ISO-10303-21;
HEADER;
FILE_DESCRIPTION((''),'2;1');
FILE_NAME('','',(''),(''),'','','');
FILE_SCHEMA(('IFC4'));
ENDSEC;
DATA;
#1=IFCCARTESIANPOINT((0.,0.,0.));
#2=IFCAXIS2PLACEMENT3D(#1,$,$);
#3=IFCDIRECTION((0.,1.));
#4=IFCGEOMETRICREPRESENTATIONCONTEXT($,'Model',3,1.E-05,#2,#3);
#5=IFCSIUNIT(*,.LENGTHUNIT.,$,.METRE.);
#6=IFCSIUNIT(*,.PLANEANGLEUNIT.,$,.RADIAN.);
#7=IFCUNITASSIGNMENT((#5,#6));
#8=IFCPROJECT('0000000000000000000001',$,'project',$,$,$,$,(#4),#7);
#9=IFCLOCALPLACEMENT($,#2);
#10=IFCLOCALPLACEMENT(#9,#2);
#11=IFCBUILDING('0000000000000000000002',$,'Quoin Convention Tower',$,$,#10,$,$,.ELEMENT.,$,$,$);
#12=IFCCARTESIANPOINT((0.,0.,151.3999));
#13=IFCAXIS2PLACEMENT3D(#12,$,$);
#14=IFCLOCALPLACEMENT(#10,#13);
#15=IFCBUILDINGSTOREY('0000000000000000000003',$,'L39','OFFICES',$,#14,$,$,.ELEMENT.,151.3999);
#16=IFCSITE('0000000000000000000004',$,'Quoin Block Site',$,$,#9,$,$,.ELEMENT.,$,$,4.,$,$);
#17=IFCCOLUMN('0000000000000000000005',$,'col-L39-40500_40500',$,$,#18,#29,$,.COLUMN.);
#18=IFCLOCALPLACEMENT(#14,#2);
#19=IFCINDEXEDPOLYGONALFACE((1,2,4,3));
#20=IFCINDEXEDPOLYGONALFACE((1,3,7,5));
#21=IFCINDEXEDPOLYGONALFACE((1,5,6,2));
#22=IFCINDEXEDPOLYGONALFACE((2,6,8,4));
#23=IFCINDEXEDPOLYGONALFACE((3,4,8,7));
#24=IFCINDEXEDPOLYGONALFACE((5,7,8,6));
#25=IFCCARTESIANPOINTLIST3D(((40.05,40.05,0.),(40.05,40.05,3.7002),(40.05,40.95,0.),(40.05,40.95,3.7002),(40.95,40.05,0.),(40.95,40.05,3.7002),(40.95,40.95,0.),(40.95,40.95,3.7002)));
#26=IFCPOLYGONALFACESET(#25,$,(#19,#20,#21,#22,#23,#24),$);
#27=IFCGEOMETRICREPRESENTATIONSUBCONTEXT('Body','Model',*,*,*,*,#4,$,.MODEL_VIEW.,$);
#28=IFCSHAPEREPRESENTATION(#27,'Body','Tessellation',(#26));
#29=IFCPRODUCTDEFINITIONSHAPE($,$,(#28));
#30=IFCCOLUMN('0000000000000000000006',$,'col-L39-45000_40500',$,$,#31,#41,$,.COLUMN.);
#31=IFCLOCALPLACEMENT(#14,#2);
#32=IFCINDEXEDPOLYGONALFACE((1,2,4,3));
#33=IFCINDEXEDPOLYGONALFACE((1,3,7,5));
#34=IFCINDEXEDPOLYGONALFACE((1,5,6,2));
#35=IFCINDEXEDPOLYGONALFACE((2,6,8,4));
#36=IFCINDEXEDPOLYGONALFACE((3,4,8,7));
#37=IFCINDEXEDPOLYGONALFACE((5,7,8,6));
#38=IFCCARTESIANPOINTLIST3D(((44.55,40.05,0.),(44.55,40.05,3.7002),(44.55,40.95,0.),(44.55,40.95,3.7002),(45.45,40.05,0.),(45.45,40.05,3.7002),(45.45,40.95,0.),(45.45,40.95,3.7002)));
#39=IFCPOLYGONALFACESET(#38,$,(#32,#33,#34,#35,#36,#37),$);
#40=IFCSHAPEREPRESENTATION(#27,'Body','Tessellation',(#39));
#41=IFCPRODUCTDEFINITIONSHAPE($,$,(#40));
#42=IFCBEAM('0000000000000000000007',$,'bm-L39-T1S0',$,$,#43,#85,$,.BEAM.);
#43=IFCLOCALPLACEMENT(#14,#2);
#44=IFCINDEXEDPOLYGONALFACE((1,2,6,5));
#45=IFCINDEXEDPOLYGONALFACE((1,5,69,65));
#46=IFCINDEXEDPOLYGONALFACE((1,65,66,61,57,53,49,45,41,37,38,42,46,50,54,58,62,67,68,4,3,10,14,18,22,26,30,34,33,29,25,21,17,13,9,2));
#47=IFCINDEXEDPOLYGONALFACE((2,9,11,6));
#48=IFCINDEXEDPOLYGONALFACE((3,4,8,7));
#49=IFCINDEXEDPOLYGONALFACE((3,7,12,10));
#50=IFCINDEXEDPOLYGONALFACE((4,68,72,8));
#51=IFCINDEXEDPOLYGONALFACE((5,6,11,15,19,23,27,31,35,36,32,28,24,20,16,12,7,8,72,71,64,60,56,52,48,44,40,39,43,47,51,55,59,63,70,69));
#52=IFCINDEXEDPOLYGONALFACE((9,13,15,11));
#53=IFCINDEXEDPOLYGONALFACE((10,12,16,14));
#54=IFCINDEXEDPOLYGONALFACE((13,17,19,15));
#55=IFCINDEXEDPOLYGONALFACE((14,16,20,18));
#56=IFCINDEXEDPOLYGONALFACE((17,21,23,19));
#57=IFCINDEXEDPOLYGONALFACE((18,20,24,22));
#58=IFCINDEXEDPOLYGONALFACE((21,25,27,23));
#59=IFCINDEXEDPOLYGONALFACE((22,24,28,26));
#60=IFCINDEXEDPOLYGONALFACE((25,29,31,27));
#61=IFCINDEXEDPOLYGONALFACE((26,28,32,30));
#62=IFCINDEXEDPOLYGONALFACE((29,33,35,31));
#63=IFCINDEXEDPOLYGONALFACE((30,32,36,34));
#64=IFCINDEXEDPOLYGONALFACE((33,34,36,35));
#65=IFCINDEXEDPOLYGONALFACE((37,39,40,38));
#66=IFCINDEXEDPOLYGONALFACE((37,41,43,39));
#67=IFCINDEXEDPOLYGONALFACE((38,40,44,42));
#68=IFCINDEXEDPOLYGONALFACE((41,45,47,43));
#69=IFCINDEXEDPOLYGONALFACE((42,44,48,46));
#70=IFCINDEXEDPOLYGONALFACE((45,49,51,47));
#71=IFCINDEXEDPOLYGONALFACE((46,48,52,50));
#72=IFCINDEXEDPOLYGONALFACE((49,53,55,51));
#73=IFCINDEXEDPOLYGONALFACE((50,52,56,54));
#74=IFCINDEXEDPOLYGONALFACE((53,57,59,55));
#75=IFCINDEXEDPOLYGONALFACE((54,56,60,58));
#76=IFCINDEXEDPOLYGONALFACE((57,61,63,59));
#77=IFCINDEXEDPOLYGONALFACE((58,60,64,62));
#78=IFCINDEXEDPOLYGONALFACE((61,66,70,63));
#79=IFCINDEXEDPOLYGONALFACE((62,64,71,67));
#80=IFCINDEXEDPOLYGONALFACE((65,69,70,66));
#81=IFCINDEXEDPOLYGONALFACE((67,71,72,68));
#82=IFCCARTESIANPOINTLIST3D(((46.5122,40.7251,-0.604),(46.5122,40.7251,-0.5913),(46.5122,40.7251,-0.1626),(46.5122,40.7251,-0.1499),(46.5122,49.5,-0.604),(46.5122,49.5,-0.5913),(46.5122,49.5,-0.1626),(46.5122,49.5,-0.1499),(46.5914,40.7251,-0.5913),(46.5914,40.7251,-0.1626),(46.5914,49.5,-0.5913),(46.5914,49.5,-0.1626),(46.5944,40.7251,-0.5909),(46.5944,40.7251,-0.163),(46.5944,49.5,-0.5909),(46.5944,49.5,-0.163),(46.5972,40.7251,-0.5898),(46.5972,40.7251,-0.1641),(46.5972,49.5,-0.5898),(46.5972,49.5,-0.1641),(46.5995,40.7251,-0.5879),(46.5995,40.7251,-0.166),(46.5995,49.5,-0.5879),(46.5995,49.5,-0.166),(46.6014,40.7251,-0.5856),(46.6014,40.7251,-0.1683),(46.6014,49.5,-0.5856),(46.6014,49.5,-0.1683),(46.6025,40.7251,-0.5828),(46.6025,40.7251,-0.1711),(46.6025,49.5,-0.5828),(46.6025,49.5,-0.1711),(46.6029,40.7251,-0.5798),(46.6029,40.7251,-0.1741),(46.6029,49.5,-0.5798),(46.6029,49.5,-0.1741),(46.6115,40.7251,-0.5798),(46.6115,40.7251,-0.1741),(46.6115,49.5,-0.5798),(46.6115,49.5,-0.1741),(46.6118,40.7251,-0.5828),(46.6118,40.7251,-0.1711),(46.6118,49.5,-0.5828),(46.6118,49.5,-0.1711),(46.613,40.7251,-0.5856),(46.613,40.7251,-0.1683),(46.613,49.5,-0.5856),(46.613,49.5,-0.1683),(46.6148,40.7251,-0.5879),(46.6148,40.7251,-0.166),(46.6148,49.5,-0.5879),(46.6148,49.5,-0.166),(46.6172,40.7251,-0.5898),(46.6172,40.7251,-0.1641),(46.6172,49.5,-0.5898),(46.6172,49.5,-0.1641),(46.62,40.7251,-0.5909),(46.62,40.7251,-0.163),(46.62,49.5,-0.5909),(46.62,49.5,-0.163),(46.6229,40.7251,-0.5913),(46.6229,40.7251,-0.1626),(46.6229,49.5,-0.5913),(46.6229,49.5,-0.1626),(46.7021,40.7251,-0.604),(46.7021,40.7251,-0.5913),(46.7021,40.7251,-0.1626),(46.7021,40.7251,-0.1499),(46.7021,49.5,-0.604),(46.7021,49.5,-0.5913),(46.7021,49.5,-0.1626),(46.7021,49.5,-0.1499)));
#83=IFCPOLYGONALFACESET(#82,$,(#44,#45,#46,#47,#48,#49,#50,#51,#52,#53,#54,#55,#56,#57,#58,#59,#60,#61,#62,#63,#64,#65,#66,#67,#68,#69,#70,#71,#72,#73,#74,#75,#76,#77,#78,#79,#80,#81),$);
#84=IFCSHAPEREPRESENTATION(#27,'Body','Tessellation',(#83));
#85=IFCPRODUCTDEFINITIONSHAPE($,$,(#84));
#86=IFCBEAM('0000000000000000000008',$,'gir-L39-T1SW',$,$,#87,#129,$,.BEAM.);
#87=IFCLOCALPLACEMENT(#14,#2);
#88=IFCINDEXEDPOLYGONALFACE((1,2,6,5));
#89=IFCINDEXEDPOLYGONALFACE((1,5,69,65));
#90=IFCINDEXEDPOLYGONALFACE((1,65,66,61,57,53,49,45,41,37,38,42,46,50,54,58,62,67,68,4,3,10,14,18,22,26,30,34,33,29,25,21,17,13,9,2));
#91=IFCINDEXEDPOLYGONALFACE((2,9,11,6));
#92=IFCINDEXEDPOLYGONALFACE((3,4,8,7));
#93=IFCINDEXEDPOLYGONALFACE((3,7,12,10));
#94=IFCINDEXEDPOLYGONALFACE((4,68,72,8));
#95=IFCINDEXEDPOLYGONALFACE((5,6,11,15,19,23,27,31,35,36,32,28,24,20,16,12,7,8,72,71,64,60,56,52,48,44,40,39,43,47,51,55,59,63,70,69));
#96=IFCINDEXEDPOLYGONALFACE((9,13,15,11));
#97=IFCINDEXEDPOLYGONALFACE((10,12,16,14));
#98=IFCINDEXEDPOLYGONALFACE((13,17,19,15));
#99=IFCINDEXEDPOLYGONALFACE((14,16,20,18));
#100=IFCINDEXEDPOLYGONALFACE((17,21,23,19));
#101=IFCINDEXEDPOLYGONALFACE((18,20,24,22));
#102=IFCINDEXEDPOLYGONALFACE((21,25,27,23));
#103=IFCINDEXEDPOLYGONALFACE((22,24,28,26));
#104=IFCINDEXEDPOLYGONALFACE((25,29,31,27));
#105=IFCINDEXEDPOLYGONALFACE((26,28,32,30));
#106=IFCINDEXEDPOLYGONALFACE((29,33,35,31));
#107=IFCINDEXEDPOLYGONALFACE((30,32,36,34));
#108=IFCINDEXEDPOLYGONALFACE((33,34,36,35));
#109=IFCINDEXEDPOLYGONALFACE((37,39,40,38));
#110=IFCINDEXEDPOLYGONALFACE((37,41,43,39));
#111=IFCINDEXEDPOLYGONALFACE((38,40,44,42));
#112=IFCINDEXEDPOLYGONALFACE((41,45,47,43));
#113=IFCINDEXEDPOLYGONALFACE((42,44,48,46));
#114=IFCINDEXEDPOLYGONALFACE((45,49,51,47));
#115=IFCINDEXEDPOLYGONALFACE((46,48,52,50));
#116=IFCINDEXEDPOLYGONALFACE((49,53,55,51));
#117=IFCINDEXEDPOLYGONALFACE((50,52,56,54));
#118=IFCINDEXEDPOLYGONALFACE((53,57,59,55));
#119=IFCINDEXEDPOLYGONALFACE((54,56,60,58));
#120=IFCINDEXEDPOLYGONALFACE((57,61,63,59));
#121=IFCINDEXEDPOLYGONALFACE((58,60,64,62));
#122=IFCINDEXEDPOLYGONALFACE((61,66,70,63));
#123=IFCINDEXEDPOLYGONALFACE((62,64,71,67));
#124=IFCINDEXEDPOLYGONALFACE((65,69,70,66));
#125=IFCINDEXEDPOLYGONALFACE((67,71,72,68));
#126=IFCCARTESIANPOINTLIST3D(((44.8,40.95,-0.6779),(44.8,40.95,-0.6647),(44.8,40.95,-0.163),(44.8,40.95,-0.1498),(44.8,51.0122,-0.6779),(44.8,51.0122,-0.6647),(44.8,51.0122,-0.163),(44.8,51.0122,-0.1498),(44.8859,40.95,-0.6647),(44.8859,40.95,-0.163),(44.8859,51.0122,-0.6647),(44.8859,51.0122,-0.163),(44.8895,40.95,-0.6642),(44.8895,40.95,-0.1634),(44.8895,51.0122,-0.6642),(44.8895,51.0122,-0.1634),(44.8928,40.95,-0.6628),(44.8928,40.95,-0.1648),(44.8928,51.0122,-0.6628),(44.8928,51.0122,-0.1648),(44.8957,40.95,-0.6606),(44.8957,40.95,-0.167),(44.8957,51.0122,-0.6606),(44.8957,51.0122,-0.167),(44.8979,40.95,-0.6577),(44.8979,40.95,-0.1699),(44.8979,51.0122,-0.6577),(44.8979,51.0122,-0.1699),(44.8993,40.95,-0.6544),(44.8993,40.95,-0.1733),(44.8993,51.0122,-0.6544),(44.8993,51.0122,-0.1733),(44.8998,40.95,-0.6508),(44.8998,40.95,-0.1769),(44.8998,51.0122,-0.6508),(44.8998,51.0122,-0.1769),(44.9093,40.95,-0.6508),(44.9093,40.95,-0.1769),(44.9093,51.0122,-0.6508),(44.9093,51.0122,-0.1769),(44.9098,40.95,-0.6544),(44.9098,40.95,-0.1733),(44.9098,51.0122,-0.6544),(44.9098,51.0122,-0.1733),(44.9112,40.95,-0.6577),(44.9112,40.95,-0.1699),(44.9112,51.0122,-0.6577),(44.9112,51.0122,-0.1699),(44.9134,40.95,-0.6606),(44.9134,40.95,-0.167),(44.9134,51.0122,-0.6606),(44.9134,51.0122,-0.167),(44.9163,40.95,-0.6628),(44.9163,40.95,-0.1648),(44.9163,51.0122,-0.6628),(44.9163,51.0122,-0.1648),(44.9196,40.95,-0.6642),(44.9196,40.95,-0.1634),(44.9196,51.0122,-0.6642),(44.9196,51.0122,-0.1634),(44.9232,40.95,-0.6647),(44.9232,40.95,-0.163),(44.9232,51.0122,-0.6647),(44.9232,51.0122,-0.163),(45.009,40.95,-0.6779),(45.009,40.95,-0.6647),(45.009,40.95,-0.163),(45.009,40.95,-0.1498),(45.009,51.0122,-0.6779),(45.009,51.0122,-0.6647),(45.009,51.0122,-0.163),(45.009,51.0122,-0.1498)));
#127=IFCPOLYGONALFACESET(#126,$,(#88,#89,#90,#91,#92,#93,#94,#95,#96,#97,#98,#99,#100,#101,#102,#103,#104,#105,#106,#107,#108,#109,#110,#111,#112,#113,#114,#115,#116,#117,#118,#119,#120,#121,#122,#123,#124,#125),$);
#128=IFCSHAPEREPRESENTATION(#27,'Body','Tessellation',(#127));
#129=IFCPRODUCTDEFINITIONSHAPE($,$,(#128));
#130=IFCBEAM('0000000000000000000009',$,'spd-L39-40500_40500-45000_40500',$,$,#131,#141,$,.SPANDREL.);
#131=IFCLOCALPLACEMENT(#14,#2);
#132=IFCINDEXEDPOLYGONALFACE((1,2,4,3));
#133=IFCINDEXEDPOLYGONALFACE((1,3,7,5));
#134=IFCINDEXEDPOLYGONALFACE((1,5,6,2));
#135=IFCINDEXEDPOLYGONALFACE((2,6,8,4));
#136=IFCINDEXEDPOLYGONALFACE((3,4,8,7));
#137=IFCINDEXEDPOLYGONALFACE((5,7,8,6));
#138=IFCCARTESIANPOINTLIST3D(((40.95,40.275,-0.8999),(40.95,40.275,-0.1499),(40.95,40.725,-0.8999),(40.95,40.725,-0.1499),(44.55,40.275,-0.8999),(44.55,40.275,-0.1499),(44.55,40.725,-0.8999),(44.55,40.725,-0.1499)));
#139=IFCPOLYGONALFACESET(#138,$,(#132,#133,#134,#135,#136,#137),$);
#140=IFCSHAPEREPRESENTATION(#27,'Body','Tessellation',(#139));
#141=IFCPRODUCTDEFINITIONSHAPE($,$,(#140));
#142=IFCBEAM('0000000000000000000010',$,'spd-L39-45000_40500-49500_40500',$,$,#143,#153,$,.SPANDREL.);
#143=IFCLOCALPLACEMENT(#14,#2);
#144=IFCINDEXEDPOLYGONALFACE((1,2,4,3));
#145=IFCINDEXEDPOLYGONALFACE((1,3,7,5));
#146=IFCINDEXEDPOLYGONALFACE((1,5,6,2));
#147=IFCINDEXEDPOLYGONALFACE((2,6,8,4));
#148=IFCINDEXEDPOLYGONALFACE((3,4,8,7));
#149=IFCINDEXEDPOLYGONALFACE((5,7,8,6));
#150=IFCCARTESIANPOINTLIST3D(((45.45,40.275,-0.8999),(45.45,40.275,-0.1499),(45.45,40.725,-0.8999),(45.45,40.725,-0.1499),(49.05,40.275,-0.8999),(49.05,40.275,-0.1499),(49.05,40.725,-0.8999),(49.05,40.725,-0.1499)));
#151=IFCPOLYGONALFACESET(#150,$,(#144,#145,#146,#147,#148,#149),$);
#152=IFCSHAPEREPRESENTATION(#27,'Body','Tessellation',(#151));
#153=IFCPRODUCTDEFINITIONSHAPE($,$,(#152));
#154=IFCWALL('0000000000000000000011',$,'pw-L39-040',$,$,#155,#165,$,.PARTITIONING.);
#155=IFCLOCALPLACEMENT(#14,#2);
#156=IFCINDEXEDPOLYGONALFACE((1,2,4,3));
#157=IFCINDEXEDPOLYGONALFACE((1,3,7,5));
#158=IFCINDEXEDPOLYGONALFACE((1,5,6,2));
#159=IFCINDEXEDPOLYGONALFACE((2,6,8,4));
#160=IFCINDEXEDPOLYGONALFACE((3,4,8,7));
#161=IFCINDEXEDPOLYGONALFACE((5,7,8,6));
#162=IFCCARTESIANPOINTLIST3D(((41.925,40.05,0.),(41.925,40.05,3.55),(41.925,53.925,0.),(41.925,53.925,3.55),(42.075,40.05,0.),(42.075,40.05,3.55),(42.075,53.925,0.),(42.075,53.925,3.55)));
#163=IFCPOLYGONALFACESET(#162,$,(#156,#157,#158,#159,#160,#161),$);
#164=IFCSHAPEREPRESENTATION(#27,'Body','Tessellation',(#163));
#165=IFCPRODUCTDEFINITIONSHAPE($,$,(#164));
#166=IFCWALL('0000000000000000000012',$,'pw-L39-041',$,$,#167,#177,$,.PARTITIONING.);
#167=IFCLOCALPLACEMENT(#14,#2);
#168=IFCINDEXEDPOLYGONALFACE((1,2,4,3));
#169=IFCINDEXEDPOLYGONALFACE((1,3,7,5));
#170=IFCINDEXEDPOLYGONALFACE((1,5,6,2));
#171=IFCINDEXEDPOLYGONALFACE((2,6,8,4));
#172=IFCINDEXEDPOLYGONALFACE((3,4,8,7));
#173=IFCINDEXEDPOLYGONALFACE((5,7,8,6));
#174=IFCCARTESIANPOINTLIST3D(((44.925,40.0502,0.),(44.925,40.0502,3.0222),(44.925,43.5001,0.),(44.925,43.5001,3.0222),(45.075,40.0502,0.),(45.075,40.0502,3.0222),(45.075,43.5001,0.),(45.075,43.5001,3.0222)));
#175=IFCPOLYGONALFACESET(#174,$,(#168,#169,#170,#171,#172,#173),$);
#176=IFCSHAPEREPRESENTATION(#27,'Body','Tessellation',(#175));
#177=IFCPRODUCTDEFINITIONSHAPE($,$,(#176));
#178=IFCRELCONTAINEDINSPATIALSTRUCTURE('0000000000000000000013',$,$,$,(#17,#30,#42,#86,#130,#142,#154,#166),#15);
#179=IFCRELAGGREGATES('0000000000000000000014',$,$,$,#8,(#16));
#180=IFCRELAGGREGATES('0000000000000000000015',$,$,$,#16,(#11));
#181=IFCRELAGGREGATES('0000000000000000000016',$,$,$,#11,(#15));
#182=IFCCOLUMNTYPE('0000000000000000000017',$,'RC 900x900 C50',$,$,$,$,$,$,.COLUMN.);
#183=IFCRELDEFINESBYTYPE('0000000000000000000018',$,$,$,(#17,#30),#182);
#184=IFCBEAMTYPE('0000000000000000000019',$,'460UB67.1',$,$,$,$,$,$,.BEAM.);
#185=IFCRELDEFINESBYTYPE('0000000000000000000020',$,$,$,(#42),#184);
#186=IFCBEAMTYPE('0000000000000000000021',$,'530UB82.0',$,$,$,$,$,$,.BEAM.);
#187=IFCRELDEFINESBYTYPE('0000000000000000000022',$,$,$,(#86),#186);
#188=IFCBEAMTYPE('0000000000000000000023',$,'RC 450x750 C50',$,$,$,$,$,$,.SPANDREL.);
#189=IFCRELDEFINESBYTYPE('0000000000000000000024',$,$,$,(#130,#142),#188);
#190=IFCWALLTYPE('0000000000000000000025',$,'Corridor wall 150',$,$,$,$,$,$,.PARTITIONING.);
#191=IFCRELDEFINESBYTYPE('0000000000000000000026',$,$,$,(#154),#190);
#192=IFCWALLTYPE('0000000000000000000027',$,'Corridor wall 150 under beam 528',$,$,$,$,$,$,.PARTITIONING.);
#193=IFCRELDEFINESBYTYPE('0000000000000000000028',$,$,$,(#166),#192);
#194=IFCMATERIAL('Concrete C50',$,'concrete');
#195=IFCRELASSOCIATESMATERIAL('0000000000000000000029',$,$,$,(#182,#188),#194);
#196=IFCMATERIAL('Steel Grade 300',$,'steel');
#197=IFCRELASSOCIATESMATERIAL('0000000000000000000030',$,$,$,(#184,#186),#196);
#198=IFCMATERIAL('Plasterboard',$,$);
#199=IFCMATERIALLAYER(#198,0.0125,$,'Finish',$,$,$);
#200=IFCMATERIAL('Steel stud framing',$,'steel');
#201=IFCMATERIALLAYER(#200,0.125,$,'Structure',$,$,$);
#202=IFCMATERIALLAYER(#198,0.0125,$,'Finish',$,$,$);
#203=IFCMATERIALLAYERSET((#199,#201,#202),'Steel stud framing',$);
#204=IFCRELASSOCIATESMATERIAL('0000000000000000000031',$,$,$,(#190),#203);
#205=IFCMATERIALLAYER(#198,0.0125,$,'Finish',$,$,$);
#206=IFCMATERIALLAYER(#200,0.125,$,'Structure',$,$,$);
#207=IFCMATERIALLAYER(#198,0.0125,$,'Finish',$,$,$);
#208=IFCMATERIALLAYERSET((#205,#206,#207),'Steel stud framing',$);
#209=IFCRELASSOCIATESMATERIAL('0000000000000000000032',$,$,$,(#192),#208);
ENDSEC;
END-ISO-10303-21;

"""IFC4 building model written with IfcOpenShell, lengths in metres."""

from ifc_helpers import new_model, si_unit, direction, frame, frame_2d, origin, origin_2d, place, context, subcontext, project, spatial, rectangle, i_section, extrude, material, layer, layer_set, material_profile, profile_set, type_object, element, save


model = new_model("IFC4")

# Units and contexts
model_context = context("Model", 3, precision=1e-05, world=origin(), true_north=direction((0.0, 1.0)))
body_context = subcontext(model_context, "Body", "Model", "MODEL_VIEW")
ifc_project = project(units=[si_unit("LENGTHUNIT", "METRE"), si_unit("PLANEANGLEUNIT", "RADIAN")], contexts=[model_context])

# Site, building, storey
site_placement = place(None, origin())
site = spatial("IfcSite", under=ifc_project, at=site_placement, Name="Quoin Block Site", CompositionType="ELEMENT", RefElevation=4.0)
building_placement = place(site_placement, origin())
building = spatial("IfcBuilding", under=site, at=building_placement, Name="Quoin Convention Tower", CompositionType="ELEMENT")
storey_placement = place(building_placement, frame((0.0, 0.0, 151.3999)))
storey = spatial("IfcBuildingStorey", under=building, at=storey_placement, Name="L39", Description="OFFICES", CompositionType="ELEMENT", Elevation=151.3999)

# Columns
ifc_material_1 = material(Name="Concrete C50", Category="concrete")
ifc_material_profile_1 = material_profile(ifc_material_1, rectangle(XDim=0.8999, YDim=0.8999, at=origin_2d()), Name="RC 900x900")
ifc_profile_set_1 = profile_set([ifc_material_profile_1], Name="Concrete C50")
column_type = type_object("IfcColumnType", Name="RC 900x900 C50", PredefinedType="COLUMN", material=ifc_profile_set_1)
for number, where, z_axis, x_axis, name in (
    (1, (40.5, 40.5, 0.0), (0.0, 0.0, 1.0), (1.0, 0.0, 0.0), "col-L39-40500_40500"),
    (2, (45.0, 40.5, 0.0), (0.0, 0.0, 1.0), (1.0, 0.0, 0.0), "col-L39-45000_40500"),
):
    element("IfcColumn", number, at=place(storey_placement, frame(where, z_axis=z_axis, x_axis=x_axis)), inside=storey, type_object=column_type, Name=name, PredefinedType="COLUMN", context=body_context, shape_type="SweptSolid", body=[
        extrude(rectangle(XDim=0.8999, YDim=0.8999, at=origin_2d()), origin(), (0.0, 0.0, 1.0), 3.7002),
    ])

# Beams
ifc_material_2 = material(Name="Steel Grade 300", Category="steel")
ifc_material_profile_2 = material_profile(ifc_material_2, i_section(OverallWidth=0.1899, OverallDepth=0.4541, WebThickness=0.0085, FlangeThickness=0.0127, FilletRadius=0.0115, at=origin_2d()), Name="460UB67.1")
ifc_profile_set_2 = profile_set([ifc_material_profile_2], Name="Steel Grade 300")
beam_type_1 = type_object("IfcBeamType", Name="460UB67.1", PredefinedType="BEAM", material=ifc_profile_set_2)
beam_1_placement = place(storey_placement, frame((46.6072, 40.7251, -0.377), z_axis=(0.0, 1.0, 0.0), x_axis=(-1.0, 0.0, 0.0)))
element("IfcBeam", 3, at=beam_1_placement, inside=storey, type_object=beam_type_1, Name="bm-L39-T1S0", PredefinedType="BEAM", context=body_context, shape_type="SweptSolid", body=[
    extrude(i_section(OverallWidth=0.1899, OverallDepth=0.4541, WebThickness=0.0085, FlangeThickness=0.0127, FilletRadius=0.0115, at=origin_2d()), origin(), (0.0, 0.0, 1.0), 8.7749),
])
ifc_material_profile_3 = material_profile(ifc_material_2, i_section(OverallWidth=0.209, OverallDepth=0.5281, WebThickness=0.0095, FlangeThickness=0.0132, FilletRadius=0.0139, at=origin_2d()), Name="530UB82.0")
ifc_profile_set_3 = profile_set([ifc_material_profile_3], Name="Steel Grade 300")
beam_type_2 = type_object("IfcBeamType", Name="530UB82.0", PredefinedType="BEAM", material=ifc_profile_set_3)
beam_2_placement = place(storey_placement, frame((44.9045, 40.95, -0.4138), z_axis=(0.0, 1.0, 0.0), x_axis=(-1.0, 0.0, 0.0)))
element("IfcBeam", 4, at=beam_2_placement, inside=storey, type_object=beam_type_2, Name="gir-L39-T1SW", PredefinedType="BEAM", context=body_context, shape_type="SweptSolid", body=[
    extrude(i_section(OverallWidth=0.209, OverallDepth=0.5281, WebThickness=0.0095, FlangeThickness=0.0132, FilletRadius=0.0139, at=origin_2d()), origin(), (0.0, 0.0, 1.0), 10.0623),
])
ifc_material_profile_4 = material_profile(ifc_material_1, rectangle(XDim=0.45, YDim=0.75, at=origin_2d()), Name="RC 450x750")
ifc_profile_set_4 = profile_set([ifc_material_profile_4], Name="Concrete C50")
beam_type_3 = type_object("IfcBeamType", Name="RC 450x750 C50", PredefinedType="SPANDREL", material=ifc_profile_set_4)
for number, where, z_axis, x_axis, name in (
    (5, (40.95, 40.5, -0.5249), (1.0, 0.0, 0.0), (0.0, 1.0, 0.0), "spd-L39-40500_40500-45000_40500"),
    (6, (45.45, 40.5, -0.5249), (1.0, 0.0, 0.0), (0.0, 1.0, 0.0), "spd-L39-45000_40500-49500_40500"),
):
    element("IfcBeam", number, at=place(storey_placement, frame(where, z_axis=z_axis, x_axis=x_axis)), inside=storey, type_object=beam_type_3, Name=name, PredefinedType="SPANDREL", context=body_context, shape_type="SweptSolid", body=[
        extrude(rectangle(XDim=0.45, YDim=0.75, at=origin_2d()), origin(), (0.0, 0.0, 1.0), 3.6001),
    ])

# Walls
ifc_material_3 = material(Name="Plasterboard")
ifc_layer_1 = layer(ifc_material_3, 0.0125, Name="Finish")
ifc_material_4 = material(Name="Steel stud framing", Category="steel")
ifc_layer_2 = layer(ifc_material_4, 0.125, Name="Structure")
ifc_layer_3 = layer(ifc_material_3, 0.0125, Name="Finish")
ifc_layer_set_1 = layer_set([ifc_layer_1, ifc_layer_2, ifc_layer_3], Name="Steel stud framing")
wall_type_1 = type_object("IfcWallType", Name="Corridor wall 150", PredefinedType="PARTITIONING", material=ifc_layer_set_1)
wall_1_placement = place(storey_placement, frame((42.0, 40.05, 0.0), z_axis=(0.0, 0.0, 1.0), x_axis=(0.0, 1.0, 0.0)))
element("IfcWall", 7, at=wall_1_placement, inside=storey, type_object=wall_type_1, Name="pw-L39-040", PredefinedType="PARTITIONING", context=body_context, shape_type="SweptSolid", body=[
    extrude(rectangle(XDim=13.875, YDim=0.1499, at=frame_2d((6.9375, 0.0))), origin(), (0.0, 0.0, 1.0), 3.55),
])
ifc_layer_4 = layer(ifc_material_3, 0.0125, Name="Finish")
ifc_layer_5 = layer(ifc_material_4, 0.125, Name="Structure")
ifc_layer_6 = layer(ifc_material_3, 0.0125, Name="Finish")
ifc_layer_set_2 = layer_set([ifc_layer_4, ifc_layer_5, ifc_layer_6], Name="Steel stud framing")
wall_type_2 = type_object("IfcWallType", Name="Corridor wall 150 under beam 528", PredefinedType="PARTITIONING", material=ifc_layer_set_2)
wall_2_placement = place(storey_placement, frame((45.0, 40.05, 0.0), z_axis=(0.0, 0.0, 1.0), x_axis=(0.0, 1.0, 0.0)))
element("IfcWall", 8, at=wall_2_placement, inside=storey, type_object=wall_type_2, Name="pw-L39-041", PredefinedType="PARTITIONING", context=body_context, shape_type="SweptSolid", body=[
    extrude(rectangle(XDim=3.45, YDim=0.1499, at=frame_2d((1.7251, 0.0))), origin(), (0.0, 0.0, 1.0), 3.0222),
])

save(model, "model.ifc")
